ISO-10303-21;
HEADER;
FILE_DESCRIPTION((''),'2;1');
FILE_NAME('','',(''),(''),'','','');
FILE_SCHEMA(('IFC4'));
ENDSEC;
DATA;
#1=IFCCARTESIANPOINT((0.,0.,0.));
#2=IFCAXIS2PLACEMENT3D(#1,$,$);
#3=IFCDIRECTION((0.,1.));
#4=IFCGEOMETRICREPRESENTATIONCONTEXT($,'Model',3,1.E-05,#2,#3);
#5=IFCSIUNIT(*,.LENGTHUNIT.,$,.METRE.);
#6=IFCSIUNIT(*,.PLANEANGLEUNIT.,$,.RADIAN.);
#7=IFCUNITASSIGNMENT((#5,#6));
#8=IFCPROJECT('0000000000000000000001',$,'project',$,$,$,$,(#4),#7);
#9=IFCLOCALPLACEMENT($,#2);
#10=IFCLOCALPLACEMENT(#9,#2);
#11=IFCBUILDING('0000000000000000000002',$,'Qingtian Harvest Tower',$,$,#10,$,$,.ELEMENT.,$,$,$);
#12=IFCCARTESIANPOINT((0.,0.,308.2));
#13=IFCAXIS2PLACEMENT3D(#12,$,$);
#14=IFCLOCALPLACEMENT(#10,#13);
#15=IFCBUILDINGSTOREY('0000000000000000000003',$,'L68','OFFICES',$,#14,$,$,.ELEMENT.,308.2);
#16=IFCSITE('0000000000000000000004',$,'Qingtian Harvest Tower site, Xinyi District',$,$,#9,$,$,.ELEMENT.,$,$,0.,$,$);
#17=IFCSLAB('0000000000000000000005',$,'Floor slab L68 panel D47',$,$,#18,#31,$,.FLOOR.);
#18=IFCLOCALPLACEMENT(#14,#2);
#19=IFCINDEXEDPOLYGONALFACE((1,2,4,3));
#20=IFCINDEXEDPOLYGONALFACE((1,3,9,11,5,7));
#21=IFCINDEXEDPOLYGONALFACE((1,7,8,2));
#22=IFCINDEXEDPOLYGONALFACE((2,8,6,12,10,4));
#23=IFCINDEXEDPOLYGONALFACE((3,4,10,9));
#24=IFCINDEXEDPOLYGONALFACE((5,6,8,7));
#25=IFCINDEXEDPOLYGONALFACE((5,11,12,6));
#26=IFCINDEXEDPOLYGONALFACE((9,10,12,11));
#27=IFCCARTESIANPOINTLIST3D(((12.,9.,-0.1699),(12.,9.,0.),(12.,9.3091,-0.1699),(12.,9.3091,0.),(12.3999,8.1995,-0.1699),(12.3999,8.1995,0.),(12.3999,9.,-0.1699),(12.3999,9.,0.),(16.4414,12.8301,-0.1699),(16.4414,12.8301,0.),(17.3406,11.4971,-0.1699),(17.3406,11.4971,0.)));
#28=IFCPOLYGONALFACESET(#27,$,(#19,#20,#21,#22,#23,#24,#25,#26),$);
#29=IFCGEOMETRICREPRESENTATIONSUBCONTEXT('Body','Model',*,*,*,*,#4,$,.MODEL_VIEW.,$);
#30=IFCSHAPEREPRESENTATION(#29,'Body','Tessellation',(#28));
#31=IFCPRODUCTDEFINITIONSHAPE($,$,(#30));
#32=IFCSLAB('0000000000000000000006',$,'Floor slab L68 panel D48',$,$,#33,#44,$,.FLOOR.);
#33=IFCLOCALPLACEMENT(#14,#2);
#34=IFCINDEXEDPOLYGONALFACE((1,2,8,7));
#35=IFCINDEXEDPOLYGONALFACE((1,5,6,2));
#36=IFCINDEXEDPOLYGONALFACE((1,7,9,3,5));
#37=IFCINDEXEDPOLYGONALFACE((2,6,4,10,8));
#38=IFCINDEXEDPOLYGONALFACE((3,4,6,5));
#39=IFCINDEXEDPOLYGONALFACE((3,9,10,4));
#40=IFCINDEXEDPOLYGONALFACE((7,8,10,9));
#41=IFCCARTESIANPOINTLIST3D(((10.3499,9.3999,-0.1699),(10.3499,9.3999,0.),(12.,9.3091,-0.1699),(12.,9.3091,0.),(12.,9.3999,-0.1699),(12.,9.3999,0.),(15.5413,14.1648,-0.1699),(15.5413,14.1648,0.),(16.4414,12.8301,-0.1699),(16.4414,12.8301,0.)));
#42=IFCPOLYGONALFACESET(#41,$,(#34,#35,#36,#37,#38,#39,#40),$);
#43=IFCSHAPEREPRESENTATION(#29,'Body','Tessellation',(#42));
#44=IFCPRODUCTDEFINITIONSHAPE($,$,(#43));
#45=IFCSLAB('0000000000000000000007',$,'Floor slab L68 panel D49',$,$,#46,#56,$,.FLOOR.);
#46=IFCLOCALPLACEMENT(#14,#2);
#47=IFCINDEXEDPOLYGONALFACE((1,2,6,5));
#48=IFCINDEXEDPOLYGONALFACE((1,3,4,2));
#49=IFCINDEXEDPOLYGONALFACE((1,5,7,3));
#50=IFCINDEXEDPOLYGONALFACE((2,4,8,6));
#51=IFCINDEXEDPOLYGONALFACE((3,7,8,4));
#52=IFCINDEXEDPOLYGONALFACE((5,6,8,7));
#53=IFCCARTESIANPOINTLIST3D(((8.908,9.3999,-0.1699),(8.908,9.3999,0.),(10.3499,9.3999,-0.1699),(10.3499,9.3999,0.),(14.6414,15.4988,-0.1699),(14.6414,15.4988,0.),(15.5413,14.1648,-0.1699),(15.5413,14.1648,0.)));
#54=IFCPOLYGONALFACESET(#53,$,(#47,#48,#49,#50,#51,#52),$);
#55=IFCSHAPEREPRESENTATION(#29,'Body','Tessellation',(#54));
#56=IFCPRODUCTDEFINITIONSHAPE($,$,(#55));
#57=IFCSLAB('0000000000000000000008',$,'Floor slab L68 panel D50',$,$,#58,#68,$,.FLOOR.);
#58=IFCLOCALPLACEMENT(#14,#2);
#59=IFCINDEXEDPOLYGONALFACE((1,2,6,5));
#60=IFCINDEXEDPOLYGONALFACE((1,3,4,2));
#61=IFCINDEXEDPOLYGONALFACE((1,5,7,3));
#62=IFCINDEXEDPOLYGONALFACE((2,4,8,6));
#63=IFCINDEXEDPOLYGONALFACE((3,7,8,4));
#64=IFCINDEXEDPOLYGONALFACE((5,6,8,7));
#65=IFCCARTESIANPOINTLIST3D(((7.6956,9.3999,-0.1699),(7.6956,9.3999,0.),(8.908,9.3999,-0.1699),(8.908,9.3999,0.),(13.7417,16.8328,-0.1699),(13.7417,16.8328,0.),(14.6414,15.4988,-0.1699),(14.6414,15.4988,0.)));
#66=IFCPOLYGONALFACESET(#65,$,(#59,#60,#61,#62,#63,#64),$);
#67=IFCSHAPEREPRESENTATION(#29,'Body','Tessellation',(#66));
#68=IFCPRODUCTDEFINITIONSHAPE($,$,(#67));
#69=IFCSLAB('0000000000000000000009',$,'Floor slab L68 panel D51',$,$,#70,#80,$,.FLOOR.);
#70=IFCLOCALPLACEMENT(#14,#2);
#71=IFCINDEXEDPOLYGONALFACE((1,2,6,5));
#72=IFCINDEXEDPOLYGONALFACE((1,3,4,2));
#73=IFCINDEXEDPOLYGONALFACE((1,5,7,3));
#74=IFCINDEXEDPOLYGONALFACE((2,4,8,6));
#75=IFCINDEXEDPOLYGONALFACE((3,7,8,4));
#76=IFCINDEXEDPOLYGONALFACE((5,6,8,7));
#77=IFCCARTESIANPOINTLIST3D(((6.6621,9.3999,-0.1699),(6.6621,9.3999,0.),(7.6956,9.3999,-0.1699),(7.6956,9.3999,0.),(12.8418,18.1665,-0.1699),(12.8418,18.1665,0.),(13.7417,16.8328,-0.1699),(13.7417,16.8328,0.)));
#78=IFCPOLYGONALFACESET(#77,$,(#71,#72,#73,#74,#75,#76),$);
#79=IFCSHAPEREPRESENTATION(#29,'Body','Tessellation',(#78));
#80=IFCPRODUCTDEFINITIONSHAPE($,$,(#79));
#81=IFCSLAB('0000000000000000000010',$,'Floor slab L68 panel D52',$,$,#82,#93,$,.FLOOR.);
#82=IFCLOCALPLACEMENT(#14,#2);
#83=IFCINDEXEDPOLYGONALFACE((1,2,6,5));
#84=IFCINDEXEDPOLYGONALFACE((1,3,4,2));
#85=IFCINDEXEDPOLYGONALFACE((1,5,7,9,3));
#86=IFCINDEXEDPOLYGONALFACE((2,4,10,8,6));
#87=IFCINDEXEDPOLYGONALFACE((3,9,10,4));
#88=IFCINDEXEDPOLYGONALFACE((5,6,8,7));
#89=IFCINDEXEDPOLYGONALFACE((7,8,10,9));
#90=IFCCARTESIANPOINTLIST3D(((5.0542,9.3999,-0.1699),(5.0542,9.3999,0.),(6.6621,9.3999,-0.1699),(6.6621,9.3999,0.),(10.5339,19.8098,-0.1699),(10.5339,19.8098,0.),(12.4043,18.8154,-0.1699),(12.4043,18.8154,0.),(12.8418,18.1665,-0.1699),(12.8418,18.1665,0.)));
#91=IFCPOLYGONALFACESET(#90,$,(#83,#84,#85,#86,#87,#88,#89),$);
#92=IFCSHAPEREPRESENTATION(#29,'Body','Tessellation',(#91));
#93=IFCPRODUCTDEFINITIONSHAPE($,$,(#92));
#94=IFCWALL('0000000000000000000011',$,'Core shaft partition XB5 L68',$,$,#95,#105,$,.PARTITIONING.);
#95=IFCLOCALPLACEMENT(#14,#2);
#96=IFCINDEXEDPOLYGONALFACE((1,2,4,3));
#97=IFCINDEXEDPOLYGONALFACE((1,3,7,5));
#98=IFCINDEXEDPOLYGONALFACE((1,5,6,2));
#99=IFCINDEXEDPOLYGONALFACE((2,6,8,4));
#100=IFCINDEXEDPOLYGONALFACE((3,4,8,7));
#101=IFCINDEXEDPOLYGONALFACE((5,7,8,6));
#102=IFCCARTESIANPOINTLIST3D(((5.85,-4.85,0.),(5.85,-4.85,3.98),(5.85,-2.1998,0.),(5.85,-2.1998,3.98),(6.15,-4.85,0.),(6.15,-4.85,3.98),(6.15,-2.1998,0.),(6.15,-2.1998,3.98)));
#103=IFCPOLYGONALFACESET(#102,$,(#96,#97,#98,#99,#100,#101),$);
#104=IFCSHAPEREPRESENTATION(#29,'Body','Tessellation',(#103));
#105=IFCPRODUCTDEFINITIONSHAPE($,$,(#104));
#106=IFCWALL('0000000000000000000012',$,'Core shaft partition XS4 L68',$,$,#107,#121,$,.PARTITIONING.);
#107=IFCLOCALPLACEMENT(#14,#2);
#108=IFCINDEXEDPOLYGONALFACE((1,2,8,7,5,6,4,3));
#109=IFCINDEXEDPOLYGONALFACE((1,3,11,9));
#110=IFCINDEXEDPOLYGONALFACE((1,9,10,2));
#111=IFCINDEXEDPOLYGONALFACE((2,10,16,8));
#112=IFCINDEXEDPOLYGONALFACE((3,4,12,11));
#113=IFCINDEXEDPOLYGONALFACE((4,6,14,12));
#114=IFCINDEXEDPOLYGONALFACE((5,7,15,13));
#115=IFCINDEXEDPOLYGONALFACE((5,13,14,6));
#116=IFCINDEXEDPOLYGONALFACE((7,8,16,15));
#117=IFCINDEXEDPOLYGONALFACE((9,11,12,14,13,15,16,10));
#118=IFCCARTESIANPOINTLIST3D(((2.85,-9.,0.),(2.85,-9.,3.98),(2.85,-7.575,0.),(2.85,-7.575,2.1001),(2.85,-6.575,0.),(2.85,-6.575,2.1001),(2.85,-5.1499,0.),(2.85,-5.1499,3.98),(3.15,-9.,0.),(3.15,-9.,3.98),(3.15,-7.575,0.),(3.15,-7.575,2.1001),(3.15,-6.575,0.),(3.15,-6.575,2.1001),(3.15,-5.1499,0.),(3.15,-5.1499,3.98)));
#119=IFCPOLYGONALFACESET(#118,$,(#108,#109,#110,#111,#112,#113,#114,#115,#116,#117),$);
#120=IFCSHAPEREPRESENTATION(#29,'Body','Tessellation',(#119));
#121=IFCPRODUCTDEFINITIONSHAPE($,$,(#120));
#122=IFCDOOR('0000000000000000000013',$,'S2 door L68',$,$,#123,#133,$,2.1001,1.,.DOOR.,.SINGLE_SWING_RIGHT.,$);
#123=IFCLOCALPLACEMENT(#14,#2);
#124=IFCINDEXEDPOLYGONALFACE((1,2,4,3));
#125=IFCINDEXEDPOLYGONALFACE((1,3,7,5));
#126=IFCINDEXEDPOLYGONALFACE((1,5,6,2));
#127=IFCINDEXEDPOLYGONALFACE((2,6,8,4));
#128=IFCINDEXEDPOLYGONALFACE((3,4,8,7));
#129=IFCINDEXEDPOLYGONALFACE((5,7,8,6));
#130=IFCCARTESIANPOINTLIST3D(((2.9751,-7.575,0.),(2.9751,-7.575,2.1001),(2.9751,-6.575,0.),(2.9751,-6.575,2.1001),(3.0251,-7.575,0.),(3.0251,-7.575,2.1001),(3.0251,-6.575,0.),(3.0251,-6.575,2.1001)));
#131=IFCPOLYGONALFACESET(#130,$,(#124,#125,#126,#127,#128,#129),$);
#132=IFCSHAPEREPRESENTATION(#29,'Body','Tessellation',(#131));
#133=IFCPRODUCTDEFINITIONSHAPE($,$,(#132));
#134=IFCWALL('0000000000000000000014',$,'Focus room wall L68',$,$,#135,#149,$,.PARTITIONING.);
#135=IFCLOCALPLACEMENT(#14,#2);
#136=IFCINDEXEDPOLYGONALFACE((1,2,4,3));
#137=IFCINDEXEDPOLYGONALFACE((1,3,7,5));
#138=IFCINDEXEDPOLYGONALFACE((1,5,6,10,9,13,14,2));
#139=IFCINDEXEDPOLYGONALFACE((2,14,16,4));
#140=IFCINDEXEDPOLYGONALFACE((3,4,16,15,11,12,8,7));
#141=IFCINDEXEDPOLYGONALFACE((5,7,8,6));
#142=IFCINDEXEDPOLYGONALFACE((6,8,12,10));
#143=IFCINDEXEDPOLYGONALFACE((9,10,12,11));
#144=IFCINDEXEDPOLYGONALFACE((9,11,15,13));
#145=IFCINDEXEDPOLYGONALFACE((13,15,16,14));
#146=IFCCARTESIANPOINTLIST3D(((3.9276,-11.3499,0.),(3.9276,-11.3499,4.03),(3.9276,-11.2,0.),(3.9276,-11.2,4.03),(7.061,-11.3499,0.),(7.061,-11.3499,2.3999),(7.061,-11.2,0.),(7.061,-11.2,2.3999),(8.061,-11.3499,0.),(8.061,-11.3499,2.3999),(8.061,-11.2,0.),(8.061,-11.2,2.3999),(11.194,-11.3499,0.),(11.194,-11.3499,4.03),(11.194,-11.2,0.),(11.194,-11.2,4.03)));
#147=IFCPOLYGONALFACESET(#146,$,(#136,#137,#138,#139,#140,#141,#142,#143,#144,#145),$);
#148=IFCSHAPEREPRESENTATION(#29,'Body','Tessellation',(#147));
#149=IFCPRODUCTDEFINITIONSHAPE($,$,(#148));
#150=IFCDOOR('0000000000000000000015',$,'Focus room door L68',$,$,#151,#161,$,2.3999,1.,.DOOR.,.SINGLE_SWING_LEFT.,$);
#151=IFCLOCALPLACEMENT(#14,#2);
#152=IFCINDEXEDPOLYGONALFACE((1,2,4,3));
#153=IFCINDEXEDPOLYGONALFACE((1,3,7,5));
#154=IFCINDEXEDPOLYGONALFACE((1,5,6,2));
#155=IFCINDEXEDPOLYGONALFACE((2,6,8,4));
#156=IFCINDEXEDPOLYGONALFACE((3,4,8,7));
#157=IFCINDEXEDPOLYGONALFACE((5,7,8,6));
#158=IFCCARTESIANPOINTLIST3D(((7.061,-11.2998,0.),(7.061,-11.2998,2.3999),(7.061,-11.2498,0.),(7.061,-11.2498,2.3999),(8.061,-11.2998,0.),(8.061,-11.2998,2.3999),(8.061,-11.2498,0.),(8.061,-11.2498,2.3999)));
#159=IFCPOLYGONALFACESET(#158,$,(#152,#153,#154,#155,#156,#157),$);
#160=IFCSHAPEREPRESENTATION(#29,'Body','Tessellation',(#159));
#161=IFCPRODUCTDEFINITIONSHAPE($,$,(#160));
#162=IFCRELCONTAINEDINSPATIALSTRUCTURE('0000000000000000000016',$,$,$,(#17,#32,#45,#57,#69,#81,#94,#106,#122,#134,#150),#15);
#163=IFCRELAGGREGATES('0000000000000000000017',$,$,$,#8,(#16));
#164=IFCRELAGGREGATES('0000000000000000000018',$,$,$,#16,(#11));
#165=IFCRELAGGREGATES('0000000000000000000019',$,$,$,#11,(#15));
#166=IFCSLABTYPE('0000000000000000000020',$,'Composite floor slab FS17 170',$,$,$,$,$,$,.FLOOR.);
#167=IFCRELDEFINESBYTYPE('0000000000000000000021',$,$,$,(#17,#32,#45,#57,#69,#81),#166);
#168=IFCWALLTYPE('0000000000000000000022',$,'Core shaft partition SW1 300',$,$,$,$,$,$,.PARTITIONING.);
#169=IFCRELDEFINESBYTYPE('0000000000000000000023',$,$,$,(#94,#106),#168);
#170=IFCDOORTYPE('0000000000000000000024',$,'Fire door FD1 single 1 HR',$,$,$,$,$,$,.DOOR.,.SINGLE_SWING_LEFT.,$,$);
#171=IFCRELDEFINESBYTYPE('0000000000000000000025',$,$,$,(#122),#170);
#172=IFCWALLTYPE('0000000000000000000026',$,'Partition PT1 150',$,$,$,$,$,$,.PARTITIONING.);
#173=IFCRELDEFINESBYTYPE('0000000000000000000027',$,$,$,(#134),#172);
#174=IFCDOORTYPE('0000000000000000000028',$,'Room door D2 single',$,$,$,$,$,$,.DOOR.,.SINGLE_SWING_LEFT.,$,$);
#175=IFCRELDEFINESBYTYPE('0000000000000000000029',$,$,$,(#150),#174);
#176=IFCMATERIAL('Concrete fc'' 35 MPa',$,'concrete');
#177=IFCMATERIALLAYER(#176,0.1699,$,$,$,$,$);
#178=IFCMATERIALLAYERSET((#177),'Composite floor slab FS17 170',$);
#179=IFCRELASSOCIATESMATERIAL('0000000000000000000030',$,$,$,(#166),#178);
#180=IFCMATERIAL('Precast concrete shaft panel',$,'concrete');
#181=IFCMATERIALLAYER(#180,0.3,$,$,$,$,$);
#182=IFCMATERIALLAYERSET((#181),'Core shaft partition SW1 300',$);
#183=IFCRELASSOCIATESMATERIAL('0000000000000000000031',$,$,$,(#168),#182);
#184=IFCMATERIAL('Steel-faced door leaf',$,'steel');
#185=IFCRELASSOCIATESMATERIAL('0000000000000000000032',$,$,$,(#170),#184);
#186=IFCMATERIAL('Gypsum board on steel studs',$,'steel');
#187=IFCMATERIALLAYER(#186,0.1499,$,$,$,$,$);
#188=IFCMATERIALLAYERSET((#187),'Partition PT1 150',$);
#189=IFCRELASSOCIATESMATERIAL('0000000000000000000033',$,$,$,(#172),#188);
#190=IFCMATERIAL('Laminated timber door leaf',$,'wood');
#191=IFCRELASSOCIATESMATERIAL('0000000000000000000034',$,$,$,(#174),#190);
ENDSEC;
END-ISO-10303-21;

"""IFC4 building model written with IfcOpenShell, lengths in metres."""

from ifc_helpers import new_model, si_unit, direction, frame, frame_2d, origin, place, context, subcontext, project, spatial, polyline, rectangle, outline, extrude, material, layer, layer_set, type_object, element, fill, save


model = new_model("IFC4")

# Units and contexts
model_context = context("Model", 3, precision=1e-05, world=origin(), true_north=direction((0.0, 1.0)))
body_context = subcontext(model_context, "Body", "Model", "MODEL_VIEW")
ifc_project = project(units=[si_unit("LENGTHUNIT", "METRE"), si_unit("PLANEANGLEUNIT", "RADIAN")], contexts=[model_context])

# Site, building, storey
site_placement = place(None, origin())
site = spatial("IfcSite", under=ifc_project, at=site_placement, Name="Qingtian Harvest Tower site, Xinyi District", CompositionType="ELEMENT", RefElevation=0.0)
building_placement = place(site_placement, origin())
building = spatial("IfcBuilding", under=site, at=building_placement, Name="Qingtian Harvest Tower", CompositionType="ELEMENT")
storey_placement = place(building_placement, frame((0.0, 0.0, 308.2)))
storey = spatial("IfcBuildingStorey", under=building, at=storey_placement, Name="L68", Description="OFFICES", CompositionType="ELEMENT", Elevation=308.2)

# Slabs
ifc_material_1 = material(Name="Concrete fc' 35 MPa", Category="concrete")
ifc_layer_1 = layer(ifc_material_1, 0.1699)
ifc_layer_set_1 = layer_set([ifc_layer_1], Name="Composite floor slab FS17 170")
slab_type = type_object("IfcSlabType", Name="Composite floor slab FS17 170", PredefinedType="FLOOR", material=ifc_layer_set_1)
slab_1_placement = place(storey_placement, frame((0.0, 0.0, -0.1699)))
element("IfcSlab", 1, at=slab_1_placement, inside=storey, type_object=slab_type, Name="Floor slab L68 panel D47", PredefinedType="FLOOR", context=body_context, shape_type="SweptSolid", body=[
    extrude(outline(polyline([(12.3999, 9.0), (12.0, 9.0), (12.0, 9.3091), (16.4414, 12.8301), (17.3406, 11.4971), (12.3999, 8.1995), (12.3999, 9.0)])), origin(), (0.0, 0.0, 1.0), 0.1699),
])
slab_2_placement = place(storey_placement, frame((0.0, 0.0, -0.1699)))
element("IfcSlab", 2, at=slab_2_placement, inside=storey, type_object=slab_type, Name="Floor slab L68 panel D48", PredefinedType="FLOOR", context=body_context, shape_type="SweptSolid", body=[
    extrude(outline(polyline([(12.0, 9.3999), (10.3499, 9.3999), (15.5413, 14.1648), (16.4414, 12.8301), (12.0, 9.3091), (12.0, 9.3999)])), origin(), (0.0, 0.0, 1.0), 0.1699),
])
slab_3_placement = place(storey_placement, frame((0.0, 0.0, -0.1699)))
element("IfcSlab", 3, at=slab_3_placement, inside=storey, type_object=slab_type, Name="Floor slab L68 panel D49", PredefinedType="FLOOR", context=body_context, shape_type="SweptSolid", body=[
    extrude(outline(polyline([(8.908, 9.3999), (14.6414, 15.4988), (15.5413, 14.1648), (10.3499, 9.3999), (8.908, 9.3999)])), origin(), (0.0, 0.0, 1.0), 0.1699),
])
slab_4_placement = place(storey_placement, frame((0.0, 0.0, -0.1699)))
element("IfcSlab", 4, at=slab_4_placement, inside=storey, type_object=slab_type, Name="Floor slab L68 panel D50", PredefinedType="FLOOR", context=body_context, shape_type="SweptSolid", body=[
    extrude(outline(polyline([(7.6956, 9.3999), (13.7417, 16.8328), (14.6414, 15.4988), (8.908, 9.3999), (7.6956, 9.3999)])), origin(), (0.0, 0.0, 1.0), 0.1699),
])
slab_5_placement = place(storey_placement, frame((0.0, 0.0, -0.1699)))
element("IfcSlab", 5, at=slab_5_placement, inside=storey, type_object=slab_type, Name="Floor slab L68 panel D51", PredefinedType="FLOOR", context=body_context, shape_type="SweptSolid", body=[
    extrude(outline(polyline([(6.6621, 9.3999), (12.8418, 18.1665), (13.7417, 16.8328), (7.6956, 9.3999), (6.6621, 9.3999)])), origin(), (0.0, 0.0, 1.0), 0.1699),
])
slab_6_placement = place(storey_placement, frame((0.0, 0.0, -0.1699)))
element("IfcSlab", 6, at=slab_6_placement, inside=storey, type_object=slab_type, Name="Floor slab L68 panel D52", PredefinedType="FLOOR", context=body_context, shape_type="SweptSolid", body=[
    extrude(outline(polyline([(6.6621, 9.3999), (5.0542, 9.3999), (10.5339, 19.8098), (12.4043, 18.8154), (12.8418, 18.1665), (6.6621, 9.3999)])), origin(), (0.0, 0.0, 1.0), 0.1699),
])

# Wall
ifc_material_2 = material(Name="Precast concrete shaft panel", Category="concrete")
ifc_layer_2 = layer(ifc_material_2, 0.3)
ifc_layer_set_2 = layer_set([ifc_layer_2], Name="Core shaft partition SW1 300")
wall_type_1 = type_object("IfcWallType", Name="Core shaft partition SW1 300", PredefinedType="PARTITIONING", material=ifc_layer_set_2)
wall_1_placement = place(storey_placement, frame((6.0, -4.8501, 0.0), z_axis=(0.0, 0.0, 1.0), x_axis=(0.0, 1.0, 0.0)))
element("IfcWall", 7, at=wall_1_placement, inside=storey, type_object=wall_type_1, Name="Core shaft partition XB5 L68", PredefinedType="PARTITIONING", context=body_context, shape_type="SweptSolid", body=[
    extrude(rectangle(XDim=2.6501, YDim=0.3, at=frame_2d((1.3252, 0.0))), origin(), (0.0, 0.0, 1.0), 3.98),
])

# Walls, openings, doors
wall_2_placement = place(storey_placement, frame((3.0, -9.0, 0.0), z_axis=(0.0, 0.0, 1.0), x_axis=(0.0, 1.0, 0.0)))
wall_2 = element("IfcWall", 8, at=wall_2_placement, inside=storey, type_object=wall_type_1, Name="Core shaft partition XS4 L68", PredefinedType="PARTITIONING", context=body_context, shape_type="SweptSolid", body=[
    extrude(rectangle(XDim=3.8501, YDim=0.3, at=frame_2d((1.925, 0.0))), origin(), (0.0, 0.0, 1.0), 3.98),
])
opening_1_placement = place(wall_2_placement, frame((1.425, 0.0, 0.0)))
opening_1 = element("IfcOpeningElement", 9, at=opening_1_placement, cuts=wall_2, PredefinedType="OPENING", context=body_context, shape_type="SweptSolid", body=[
    extrude(rectangle(XDim=1.0, YDim=2.1001, at=frame_2d((0.5, 1.05))), frame((0.0, 0.1599, 0.0), z_axis=(0.0, -1.0, 0.0), x_axis=(1.0, 0.0, 0.0)), (0.0, 0.0, 1.0), 0.3201),
])
ifc_material_3 = material(Name="Steel-faced door leaf", Category="steel")
door_type_1 = type_object("IfcDoorType", Name="Fire door FD1 single 1 HR", OperationType="SINGLE_SWING_LEFT", PredefinedType="DOOR", material=ifc_material_3)
door_1_placement = place(opening_1_placement, origin())
door_1 = element("IfcDoor", 10, at=door_1_placement, inside=storey, type_object=door_type_1, Name="S2 door L68", OperationType="SINGLE_SWING_RIGHT", OverallHeight=2.1001, OverallWidth=1.0, PredefinedType="DOOR", context=body_context, shape_type="SweptSolid", body=[
    extrude(rectangle(XDim=1.0, YDim=2.1001, at=frame_2d((0.5, 1.05))), frame((0.0, 0.0249, 0.0), z_axis=(0.0, -1.0, 0.0), x_axis=(1.0, 0.0, 0.0)), (0.0, 0.0, 1.0), 0.05),
])
fill(opening_1, door_1)
ifc_material_4 = material(Name="Gypsum board on steel studs", Category="steel")
ifc_layer_3 = layer(ifc_material_4, 0.1499)
ifc_layer_set_3 = layer_set([ifc_layer_3], Name="Partition PT1 150")
wall_type_2 = type_object("IfcWallType", Name="Partition PT1 150", PredefinedType="PARTITIONING", material=ifc_layer_set_3)
wall_3_placement = place(storey_placement, frame((11.1941, -11.2749, 0.0), z_axis=(0.0, 0.0, 1.0), x_axis=(-1.0, 0.0, 0.0)))
wall_3 = element("IfcWall", 11, at=wall_3_placement, inside=storey, type_object=wall_type_2, Name="Focus room wall L68", PredefinedType="PARTITIONING", context=body_context, shape_type="SweptSolid", body=[
    extrude(rectangle(XDim=7.2664, YDim=0.1499, at=frame_2d((3.6333, 0.0))), origin(), (0.0, 0.0, 1.0), 4.03),
])
opening_2_placement = place(wall_3_placement, frame((3.1331, 0.0, 0.0)))
opening_2 = element("IfcOpeningElement", 12, at=opening_2_placement, cuts=wall_3, PredefinedType="OPENING", context=body_context, shape_type="SweptSolid", body=[
    extrude(rectangle(XDim=1.0, YDim=2.3999, at=frame_2d((0.5, 1.2))), frame((0.0, 0.085, 0.0), z_axis=(0.0, -1.0, 0.0), x_axis=(1.0, 0.0, 0.0)), (0.0, 0.0, 1.0), 0.1699),
])
ifc_material_5 = material(Name="Laminated timber door leaf", Category="wood")
door_type_2 = type_object("IfcDoorType", Name="Room door D2 single", OperationType="SINGLE_SWING_LEFT", PredefinedType="DOOR", material=ifc_material_5)
door_2_placement = place(opening_2_placement, origin())
door_2 = element("IfcDoor", 13, at=door_2_placement, inside=storey, type_object=door_type_2, Name="Focus room door L68", OperationType="SINGLE_SWING_LEFT", OverallHeight=2.3999, OverallWidth=1.0, PredefinedType="DOOR", context=body_context, shape_type="SweptSolid", body=[
    extrude(rectangle(XDim=1.0, YDim=2.3999, at=frame_2d((0.5, 1.2))), frame((0.0, 0.0249, 0.0), z_axis=(0.0, -1.0, 0.0), x_axis=(1.0, 0.0, 0.0)), (0.0, 0.0, 1.0), 0.05),
])
fill(opening_2, door_2)

save(model, "model.ifc")
